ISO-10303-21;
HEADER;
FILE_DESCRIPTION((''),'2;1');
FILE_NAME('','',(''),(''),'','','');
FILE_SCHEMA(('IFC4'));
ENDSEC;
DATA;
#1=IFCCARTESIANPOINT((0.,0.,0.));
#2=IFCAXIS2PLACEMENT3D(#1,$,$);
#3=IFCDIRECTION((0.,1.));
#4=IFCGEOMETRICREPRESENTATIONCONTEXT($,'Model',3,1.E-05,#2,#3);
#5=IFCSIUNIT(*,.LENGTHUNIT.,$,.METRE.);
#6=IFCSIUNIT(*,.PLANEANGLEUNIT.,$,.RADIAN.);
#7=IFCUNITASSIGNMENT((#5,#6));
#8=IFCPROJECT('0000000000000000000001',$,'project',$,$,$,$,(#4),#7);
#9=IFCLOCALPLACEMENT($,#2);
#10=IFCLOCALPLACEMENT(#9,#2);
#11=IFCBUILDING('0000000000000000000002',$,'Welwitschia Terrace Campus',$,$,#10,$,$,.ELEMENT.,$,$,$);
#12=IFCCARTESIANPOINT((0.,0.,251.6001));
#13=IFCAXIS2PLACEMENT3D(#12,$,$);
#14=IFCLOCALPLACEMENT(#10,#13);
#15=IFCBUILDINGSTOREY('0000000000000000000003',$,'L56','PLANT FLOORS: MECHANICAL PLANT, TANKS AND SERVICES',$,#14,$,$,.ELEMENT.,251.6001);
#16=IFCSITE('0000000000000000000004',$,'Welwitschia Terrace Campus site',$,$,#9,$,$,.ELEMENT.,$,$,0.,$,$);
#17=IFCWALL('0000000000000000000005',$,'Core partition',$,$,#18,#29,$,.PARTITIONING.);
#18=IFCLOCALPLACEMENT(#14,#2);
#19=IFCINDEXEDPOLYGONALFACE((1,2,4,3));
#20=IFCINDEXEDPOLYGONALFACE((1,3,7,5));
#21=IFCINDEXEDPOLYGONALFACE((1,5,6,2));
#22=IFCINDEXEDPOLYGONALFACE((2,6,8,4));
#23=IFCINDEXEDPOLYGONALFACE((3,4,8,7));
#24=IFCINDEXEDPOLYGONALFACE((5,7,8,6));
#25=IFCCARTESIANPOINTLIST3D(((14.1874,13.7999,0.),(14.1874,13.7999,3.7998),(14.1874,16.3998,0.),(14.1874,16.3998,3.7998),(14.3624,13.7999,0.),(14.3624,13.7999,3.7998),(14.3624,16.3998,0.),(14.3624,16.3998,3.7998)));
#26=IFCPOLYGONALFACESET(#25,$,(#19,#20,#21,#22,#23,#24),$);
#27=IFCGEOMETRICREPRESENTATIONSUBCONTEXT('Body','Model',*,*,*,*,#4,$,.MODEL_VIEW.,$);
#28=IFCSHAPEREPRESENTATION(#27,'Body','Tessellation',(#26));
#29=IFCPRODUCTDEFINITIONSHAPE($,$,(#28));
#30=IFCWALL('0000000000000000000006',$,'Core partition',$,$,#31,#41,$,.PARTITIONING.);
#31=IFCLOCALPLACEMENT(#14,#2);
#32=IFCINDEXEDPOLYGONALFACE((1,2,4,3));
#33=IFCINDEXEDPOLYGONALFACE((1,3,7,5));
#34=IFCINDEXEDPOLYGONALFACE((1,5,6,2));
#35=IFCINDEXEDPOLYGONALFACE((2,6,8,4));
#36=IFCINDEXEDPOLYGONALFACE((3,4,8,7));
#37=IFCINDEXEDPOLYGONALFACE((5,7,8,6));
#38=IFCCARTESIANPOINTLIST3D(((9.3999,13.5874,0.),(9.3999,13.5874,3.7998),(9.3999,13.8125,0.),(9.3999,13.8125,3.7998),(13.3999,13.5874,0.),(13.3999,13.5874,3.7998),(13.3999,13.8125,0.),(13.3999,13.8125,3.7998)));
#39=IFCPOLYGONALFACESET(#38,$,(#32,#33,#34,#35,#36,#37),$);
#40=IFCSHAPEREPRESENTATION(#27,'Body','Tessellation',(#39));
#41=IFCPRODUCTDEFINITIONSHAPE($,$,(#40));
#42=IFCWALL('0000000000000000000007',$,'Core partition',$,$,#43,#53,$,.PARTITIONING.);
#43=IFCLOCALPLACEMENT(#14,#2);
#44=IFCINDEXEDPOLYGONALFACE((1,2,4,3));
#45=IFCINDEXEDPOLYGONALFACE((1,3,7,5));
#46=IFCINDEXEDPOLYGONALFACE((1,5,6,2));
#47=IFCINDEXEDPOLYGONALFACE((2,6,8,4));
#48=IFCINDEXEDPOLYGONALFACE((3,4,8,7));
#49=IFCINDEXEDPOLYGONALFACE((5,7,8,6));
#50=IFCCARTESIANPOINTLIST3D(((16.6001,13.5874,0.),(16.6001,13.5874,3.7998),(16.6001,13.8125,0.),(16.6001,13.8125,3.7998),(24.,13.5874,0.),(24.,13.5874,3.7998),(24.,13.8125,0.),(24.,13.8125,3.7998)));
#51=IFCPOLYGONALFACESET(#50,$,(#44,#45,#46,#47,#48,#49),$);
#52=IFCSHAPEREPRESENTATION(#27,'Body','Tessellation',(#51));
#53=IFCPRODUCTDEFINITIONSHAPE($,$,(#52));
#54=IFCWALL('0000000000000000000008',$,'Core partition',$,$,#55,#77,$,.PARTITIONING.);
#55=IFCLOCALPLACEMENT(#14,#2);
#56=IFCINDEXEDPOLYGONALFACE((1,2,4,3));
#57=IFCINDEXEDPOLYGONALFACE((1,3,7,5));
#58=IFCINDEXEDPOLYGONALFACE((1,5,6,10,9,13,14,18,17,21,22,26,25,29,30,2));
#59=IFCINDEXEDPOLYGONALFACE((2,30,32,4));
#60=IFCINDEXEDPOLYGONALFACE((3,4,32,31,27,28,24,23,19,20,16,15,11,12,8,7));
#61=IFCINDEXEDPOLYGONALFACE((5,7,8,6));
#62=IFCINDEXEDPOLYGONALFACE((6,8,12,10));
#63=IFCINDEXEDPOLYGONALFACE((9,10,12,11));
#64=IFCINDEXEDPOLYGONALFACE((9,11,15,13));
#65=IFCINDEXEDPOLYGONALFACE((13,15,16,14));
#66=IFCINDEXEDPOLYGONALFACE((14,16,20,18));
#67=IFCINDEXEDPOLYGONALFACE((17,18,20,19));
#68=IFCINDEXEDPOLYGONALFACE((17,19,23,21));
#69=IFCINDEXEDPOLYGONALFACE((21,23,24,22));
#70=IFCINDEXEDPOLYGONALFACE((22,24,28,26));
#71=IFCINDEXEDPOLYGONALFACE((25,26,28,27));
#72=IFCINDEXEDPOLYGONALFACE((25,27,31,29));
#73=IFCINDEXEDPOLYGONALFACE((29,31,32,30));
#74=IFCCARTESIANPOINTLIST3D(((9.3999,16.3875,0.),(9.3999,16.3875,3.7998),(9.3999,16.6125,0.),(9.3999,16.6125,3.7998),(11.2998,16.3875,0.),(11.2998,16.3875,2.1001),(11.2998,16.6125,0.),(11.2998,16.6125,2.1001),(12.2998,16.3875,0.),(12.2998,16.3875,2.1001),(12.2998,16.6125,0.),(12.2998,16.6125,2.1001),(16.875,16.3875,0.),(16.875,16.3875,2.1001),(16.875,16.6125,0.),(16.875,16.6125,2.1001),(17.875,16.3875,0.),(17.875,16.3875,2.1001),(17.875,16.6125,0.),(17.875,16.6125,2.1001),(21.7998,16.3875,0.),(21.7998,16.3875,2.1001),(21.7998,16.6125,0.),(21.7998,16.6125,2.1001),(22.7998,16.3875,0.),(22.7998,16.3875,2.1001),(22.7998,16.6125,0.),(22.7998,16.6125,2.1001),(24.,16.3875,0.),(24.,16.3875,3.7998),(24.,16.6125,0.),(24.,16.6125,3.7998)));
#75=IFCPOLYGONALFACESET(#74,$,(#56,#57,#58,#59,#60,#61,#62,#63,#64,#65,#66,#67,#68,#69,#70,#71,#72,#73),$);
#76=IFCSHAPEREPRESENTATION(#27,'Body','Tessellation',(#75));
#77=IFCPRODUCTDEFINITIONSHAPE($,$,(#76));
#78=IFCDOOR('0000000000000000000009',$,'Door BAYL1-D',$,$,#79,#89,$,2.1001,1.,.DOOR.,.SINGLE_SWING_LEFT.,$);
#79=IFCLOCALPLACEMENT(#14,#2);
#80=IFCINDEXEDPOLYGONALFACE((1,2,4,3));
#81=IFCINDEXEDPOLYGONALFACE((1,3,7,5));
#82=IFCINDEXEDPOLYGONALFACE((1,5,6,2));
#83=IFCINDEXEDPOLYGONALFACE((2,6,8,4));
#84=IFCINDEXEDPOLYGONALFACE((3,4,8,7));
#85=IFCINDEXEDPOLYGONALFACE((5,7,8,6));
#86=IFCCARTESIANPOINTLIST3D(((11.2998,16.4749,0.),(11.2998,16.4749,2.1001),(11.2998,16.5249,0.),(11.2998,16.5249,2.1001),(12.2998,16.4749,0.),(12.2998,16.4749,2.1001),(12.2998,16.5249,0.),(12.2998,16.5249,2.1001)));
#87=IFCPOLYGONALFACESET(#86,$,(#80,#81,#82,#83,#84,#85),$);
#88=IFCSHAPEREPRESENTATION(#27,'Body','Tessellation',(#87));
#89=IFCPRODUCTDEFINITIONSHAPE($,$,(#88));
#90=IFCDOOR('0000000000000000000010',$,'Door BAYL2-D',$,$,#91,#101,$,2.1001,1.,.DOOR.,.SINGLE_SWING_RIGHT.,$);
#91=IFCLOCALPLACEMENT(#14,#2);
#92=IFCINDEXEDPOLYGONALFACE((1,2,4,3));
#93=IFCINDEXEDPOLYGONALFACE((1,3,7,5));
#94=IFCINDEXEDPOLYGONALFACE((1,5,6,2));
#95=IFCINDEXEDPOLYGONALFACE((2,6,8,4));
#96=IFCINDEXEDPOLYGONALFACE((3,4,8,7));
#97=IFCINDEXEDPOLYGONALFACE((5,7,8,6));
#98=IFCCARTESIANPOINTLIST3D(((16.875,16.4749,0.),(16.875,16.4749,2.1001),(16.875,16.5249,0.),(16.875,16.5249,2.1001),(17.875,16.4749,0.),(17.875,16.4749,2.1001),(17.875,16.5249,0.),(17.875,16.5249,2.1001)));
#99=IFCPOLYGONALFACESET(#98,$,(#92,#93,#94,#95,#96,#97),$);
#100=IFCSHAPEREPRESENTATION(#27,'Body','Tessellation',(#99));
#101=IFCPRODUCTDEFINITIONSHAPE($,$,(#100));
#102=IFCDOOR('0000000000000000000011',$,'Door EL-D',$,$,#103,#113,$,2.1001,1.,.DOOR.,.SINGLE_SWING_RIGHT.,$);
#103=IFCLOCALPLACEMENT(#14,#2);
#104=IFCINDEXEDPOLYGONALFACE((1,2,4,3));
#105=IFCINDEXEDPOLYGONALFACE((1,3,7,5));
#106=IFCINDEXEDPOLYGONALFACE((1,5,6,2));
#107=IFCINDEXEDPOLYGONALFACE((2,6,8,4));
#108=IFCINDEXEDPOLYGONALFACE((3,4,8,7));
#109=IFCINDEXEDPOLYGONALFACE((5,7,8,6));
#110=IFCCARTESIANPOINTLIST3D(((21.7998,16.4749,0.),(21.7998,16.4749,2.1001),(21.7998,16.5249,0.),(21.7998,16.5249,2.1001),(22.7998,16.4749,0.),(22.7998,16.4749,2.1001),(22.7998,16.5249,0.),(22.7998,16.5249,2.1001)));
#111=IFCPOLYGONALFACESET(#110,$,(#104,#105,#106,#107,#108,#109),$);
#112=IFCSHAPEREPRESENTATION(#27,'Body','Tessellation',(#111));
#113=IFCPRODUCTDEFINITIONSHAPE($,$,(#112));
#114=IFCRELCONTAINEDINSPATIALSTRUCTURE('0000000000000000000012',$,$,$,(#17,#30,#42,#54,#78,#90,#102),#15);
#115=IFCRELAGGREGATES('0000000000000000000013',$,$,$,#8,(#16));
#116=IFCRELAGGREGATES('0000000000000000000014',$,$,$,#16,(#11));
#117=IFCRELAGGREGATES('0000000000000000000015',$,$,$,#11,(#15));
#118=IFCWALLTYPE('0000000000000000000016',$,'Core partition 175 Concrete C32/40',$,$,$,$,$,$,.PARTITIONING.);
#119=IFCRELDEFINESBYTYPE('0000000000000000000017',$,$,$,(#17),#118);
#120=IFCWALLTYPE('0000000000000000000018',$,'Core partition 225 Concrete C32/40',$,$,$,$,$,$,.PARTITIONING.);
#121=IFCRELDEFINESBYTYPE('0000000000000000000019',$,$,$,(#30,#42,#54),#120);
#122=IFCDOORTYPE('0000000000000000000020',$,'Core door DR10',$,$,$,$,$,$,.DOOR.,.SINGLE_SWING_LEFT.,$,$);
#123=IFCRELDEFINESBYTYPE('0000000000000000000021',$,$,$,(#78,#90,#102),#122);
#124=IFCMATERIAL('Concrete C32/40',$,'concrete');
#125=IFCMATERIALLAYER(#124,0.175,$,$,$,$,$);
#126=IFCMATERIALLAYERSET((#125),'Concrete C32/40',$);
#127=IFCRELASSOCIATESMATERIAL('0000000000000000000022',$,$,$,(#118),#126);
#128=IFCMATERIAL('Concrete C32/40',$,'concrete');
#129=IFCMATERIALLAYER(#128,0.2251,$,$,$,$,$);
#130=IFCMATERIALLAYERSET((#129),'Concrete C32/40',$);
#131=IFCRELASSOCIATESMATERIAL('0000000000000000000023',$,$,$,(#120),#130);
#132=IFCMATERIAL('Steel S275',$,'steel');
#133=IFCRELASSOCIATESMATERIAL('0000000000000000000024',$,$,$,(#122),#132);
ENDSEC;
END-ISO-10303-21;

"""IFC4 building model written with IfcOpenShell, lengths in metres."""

from ifc_helpers import new_model, si_unit, direction, frame, frame_2d, origin, place, context, subcontext, project, spatial, rectangle, extrude, material, layer, layer_set, type_object, element, fill, save


model = new_model("IFC4")

# Units and contexts
model_context = context("Model", 3, precision=1e-05, world=origin(), true_north=direction((0.0, 1.0)))
body_context = subcontext(model_context, "Body", "Model", "MODEL_VIEW")
ifc_project = project(units=[si_unit("LENGTHUNIT", "METRE"), si_unit("PLANEANGLEUNIT", "RADIAN")], contexts=[model_context])

# Site, building, storey
site_placement = place(None, origin())
site = spatial("IfcSite", under=ifc_project, at=site_placement, Name="Welwitschia Terrace Campus site", CompositionType="ELEMENT", RefElevation=0.0)
building_placement = place(site_placement, origin())
building = spatial("IfcBuilding", under=site, at=building_placement, Name="Welwitschia Terrace Campus", CompositionType="ELEMENT")
storey_placement = place(building_placement, frame((0.0, 0.0, 251.6001)))
storey = spatial("IfcBuildingStorey", under=building, at=storey_placement, Name="L56", Description="PLANT FLOORS: MECHANICAL PLANT, TANKS AND SERVICES", CompositionType="ELEMENT", Elevation=251.6001)

# Walls
ifc_material_1 = material(Name="Concrete C32/40", Category="concrete")
ifc_layer_1 = layer(ifc_material_1, 0.175)
ifc_layer_set_1 = layer_set([ifc_layer_1], Name="Concrete C32/40")
wall_type_1 = type_object("IfcWallType", Name="Core partition 175 Concrete C32/40", PredefinedType="PARTITIONING", material=ifc_layer_set_1)
wall_1_placement = place(storey_placement, frame((14.2749, 13.8, 0.0), z_axis=(0.0, 0.0, 1.0), x_axis=(0.0, 1.0, 0.0)))
element("IfcWall", 1, at=wall_1_placement, inside=storey, type_object=wall_type_1, Name="Core partition", PredefinedType="PARTITIONING", context=body_context, shape_type="SweptSolid", body=[
    extrude(rectangle(XDim=2.5999, YDim=0.175, at=frame_2d((1.2998, 0.0))), origin(), (0.0, 0.0, 1.0), 3.7998),
])
ifc_material_2 = material(Name="Concrete C32/40", Category="concrete")
ifc_layer_2 = layer(ifc_material_2, 0.2251)
ifc_layer_set_2 = layer_set([ifc_layer_2], Name="Concrete C32/40")
wall_type_2 = type_object("IfcWallType", Name="Core partition 225 Concrete C32/40", PredefinedType="PARTITIONING", material=ifc_layer_set_2)
wall_2_placement = place(storey_placement, frame((9.3999, 13.7, 0.0), z_axis=(0.0, 0.0, 1.0), x_axis=(1.0, 0.0, 0.0)))
element("IfcWall", 2, at=wall_2_placement, inside=storey, type_object=wall_type_2, Name="Core partition", PredefinedType="PARTITIONING", context=body_context, shape_type="SweptSolid", body=[
    extrude(rectangle(XDim=4.0, YDim=0.2251, at=frame_2d((2.0, 0.0))), origin(), (0.0, 0.0, 1.0), 3.7998),
])
wall_3_placement = place(storey_placement, frame((16.6001, 13.7, 0.0), z_axis=(0.0, 0.0, 1.0), x_axis=(1.0, 0.0, 0.0)))
element("IfcWall", 3, at=wall_3_placement, inside=storey, type_object=wall_type_2, Name="Core partition", PredefinedType="PARTITIONING", context=body_context, shape_type="SweptSolid", body=[
    extrude(rectangle(XDim=7.3999, YDim=0.2251, at=frame_2d((3.7, 0.0))), origin(), (0.0, 0.0, 1.0), 3.7998),
])

# Wall, openings, doors
wall_4_placement = place(storey_placement, frame((9.3999, 16.5, 0.0), z_axis=(0.0, 0.0, 1.0), x_axis=(1.0, 0.0, 0.0)))
wall_4 = element("IfcWall", 4, at=wall_4_placement, inside=storey, type_object=wall_type_2, Name="Core partition", PredefinedType="PARTITIONING", context=body_context, shape_type="SweptSolid", body=[
    extrude(rectangle(XDim=14.6001, YDim=0.2251, at=frame_2d((7.3, 0.0))), origin(), (0.0, 0.0, 1.0), 3.7998),
])
opening_1_placement = place(wall_4_placement, frame((1.8999, 0.0, 0.0)))
opening_1 = element("IfcOpeningElement", 5, at=opening_1_placement, cuts=wall_4, PredefinedType="OPENING", context=body_context, shape_type="SweptSolid", body=[
    extrude(rectangle(XDim=1.0, YDim=2.1001, at=frame_2d((0.5, 1.05))), frame((0.0, 0.1226, 0.0), z_axis=(0.0, -1.0, 0.0), x_axis=(1.0, 0.0, 0.0)), (0.0, 0.0, 1.0), 0.2451),
])
opening_2_placement = place(wall_4_placement, frame((7.4751, 0.0, 0.0)))
opening_2 = element("IfcOpeningElement", 6, at=opening_2_placement, cuts=wall_4, PredefinedType="OPENING", context=body_context, shape_type="SweptSolid", body=[
    extrude(rectangle(XDim=1.0, YDim=2.1001, at=frame_2d((0.5, 1.05))), frame((0.0, 0.1226, 0.0), z_axis=(0.0, -1.0, 0.0), x_axis=(1.0, 0.0, 0.0)), (0.0, 0.0, 1.0), 0.2451),
])
opening_3_placement = place(wall_4_placement, frame((12.3999, 0.0, 0.0)))
opening_3 = element("IfcOpeningElement", 7, at=opening_3_placement, cuts=wall_4, PredefinedType="OPENING", context=body_context, shape_type="SweptSolid", body=[
    extrude(rectangle(XDim=1.0, YDim=2.1001, at=frame_2d((0.5, 1.05))), frame((0.0, 0.1226, 0.0), z_axis=(0.0, -1.0, 0.0), x_axis=(1.0, 0.0, 0.0)), (0.0, 0.0, 1.0), 0.2451),
])
ifc_material_3 = material(Name="Steel S275", Category="steel")
door_type_1 = type_object("IfcDoorType", Name="Core door DR10", OperationType="SINGLE_SWING_LEFT", PredefinedType="DOOR", material=ifc_material_3)
door_1_placement = place(opening_1_placement, origin())
door_1 = element("IfcDoor", 8, at=door_1_placement, inside=storey, type_object=door_type_1, Name="Door BAYL1-D", OperationType="SINGLE_SWING_LEFT", OverallHeight=2.1001, OverallWidth=1.0, PredefinedType="DOOR", context=body_context, shape_type="SweptSolid", body=[
    extrude(rectangle(XDim=1.0, YDim=2.1001, at=frame_2d((0.5, 1.05))), frame((0.0, 0.0249, 0.0), z_axis=(0.0, -1.0, 0.0), x_axis=(1.0, 0.0, 0.0)), (0.0, 0.0, 1.0), 0.05),
])
fill(opening_1, door_1)
door_2_placement = place(opening_2_placement, origin())
door_2 = element("IfcDoor", 9, at=door_2_placement, inside=storey, type_object=door_type_1, Name="Door BAYL2-D", OperationType="SINGLE_SWING_RIGHT", OverallHeight=2.1001, OverallWidth=1.0, PredefinedType="DOOR", context=body_context, shape_type="SweptSolid", body=[
    extrude(rectangle(XDim=1.0, YDim=2.1001, at=frame_2d((0.5, 1.05))), frame((0.0, 0.0249, 0.0), z_axis=(0.0, -1.0, 0.0), x_axis=(1.0, 0.0, 0.0)), (0.0, 0.0, 1.0), 0.05),
])
fill(opening_2, door_2)
door_3_placement = place(opening_3_placement, origin())
door_3 = element("IfcDoor", 10, at=door_3_placement, inside=storey, type_object=door_type_1, Name="Door EL-D", OperationType="SINGLE_SWING_RIGHT", OverallHeight=2.1001, OverallWidth=1.0, PredefinedType="DOOR", context=body_context, shape_type="SweptSolid", body=[
    extrude(rectangle(XDim=1.0, YDim=2.1001, at=frame_2d((0.5, 1.05))), frame((0.0, 0.0249, 0.0), z_axis=(0.0, -1.0, 0.0), x_axis=(1.0, 0.0, 0.0)), (0.0, 0.0, 1.0), 0.05),
])
fill(opening_3, door_3)

save(model, "model.ifc")
